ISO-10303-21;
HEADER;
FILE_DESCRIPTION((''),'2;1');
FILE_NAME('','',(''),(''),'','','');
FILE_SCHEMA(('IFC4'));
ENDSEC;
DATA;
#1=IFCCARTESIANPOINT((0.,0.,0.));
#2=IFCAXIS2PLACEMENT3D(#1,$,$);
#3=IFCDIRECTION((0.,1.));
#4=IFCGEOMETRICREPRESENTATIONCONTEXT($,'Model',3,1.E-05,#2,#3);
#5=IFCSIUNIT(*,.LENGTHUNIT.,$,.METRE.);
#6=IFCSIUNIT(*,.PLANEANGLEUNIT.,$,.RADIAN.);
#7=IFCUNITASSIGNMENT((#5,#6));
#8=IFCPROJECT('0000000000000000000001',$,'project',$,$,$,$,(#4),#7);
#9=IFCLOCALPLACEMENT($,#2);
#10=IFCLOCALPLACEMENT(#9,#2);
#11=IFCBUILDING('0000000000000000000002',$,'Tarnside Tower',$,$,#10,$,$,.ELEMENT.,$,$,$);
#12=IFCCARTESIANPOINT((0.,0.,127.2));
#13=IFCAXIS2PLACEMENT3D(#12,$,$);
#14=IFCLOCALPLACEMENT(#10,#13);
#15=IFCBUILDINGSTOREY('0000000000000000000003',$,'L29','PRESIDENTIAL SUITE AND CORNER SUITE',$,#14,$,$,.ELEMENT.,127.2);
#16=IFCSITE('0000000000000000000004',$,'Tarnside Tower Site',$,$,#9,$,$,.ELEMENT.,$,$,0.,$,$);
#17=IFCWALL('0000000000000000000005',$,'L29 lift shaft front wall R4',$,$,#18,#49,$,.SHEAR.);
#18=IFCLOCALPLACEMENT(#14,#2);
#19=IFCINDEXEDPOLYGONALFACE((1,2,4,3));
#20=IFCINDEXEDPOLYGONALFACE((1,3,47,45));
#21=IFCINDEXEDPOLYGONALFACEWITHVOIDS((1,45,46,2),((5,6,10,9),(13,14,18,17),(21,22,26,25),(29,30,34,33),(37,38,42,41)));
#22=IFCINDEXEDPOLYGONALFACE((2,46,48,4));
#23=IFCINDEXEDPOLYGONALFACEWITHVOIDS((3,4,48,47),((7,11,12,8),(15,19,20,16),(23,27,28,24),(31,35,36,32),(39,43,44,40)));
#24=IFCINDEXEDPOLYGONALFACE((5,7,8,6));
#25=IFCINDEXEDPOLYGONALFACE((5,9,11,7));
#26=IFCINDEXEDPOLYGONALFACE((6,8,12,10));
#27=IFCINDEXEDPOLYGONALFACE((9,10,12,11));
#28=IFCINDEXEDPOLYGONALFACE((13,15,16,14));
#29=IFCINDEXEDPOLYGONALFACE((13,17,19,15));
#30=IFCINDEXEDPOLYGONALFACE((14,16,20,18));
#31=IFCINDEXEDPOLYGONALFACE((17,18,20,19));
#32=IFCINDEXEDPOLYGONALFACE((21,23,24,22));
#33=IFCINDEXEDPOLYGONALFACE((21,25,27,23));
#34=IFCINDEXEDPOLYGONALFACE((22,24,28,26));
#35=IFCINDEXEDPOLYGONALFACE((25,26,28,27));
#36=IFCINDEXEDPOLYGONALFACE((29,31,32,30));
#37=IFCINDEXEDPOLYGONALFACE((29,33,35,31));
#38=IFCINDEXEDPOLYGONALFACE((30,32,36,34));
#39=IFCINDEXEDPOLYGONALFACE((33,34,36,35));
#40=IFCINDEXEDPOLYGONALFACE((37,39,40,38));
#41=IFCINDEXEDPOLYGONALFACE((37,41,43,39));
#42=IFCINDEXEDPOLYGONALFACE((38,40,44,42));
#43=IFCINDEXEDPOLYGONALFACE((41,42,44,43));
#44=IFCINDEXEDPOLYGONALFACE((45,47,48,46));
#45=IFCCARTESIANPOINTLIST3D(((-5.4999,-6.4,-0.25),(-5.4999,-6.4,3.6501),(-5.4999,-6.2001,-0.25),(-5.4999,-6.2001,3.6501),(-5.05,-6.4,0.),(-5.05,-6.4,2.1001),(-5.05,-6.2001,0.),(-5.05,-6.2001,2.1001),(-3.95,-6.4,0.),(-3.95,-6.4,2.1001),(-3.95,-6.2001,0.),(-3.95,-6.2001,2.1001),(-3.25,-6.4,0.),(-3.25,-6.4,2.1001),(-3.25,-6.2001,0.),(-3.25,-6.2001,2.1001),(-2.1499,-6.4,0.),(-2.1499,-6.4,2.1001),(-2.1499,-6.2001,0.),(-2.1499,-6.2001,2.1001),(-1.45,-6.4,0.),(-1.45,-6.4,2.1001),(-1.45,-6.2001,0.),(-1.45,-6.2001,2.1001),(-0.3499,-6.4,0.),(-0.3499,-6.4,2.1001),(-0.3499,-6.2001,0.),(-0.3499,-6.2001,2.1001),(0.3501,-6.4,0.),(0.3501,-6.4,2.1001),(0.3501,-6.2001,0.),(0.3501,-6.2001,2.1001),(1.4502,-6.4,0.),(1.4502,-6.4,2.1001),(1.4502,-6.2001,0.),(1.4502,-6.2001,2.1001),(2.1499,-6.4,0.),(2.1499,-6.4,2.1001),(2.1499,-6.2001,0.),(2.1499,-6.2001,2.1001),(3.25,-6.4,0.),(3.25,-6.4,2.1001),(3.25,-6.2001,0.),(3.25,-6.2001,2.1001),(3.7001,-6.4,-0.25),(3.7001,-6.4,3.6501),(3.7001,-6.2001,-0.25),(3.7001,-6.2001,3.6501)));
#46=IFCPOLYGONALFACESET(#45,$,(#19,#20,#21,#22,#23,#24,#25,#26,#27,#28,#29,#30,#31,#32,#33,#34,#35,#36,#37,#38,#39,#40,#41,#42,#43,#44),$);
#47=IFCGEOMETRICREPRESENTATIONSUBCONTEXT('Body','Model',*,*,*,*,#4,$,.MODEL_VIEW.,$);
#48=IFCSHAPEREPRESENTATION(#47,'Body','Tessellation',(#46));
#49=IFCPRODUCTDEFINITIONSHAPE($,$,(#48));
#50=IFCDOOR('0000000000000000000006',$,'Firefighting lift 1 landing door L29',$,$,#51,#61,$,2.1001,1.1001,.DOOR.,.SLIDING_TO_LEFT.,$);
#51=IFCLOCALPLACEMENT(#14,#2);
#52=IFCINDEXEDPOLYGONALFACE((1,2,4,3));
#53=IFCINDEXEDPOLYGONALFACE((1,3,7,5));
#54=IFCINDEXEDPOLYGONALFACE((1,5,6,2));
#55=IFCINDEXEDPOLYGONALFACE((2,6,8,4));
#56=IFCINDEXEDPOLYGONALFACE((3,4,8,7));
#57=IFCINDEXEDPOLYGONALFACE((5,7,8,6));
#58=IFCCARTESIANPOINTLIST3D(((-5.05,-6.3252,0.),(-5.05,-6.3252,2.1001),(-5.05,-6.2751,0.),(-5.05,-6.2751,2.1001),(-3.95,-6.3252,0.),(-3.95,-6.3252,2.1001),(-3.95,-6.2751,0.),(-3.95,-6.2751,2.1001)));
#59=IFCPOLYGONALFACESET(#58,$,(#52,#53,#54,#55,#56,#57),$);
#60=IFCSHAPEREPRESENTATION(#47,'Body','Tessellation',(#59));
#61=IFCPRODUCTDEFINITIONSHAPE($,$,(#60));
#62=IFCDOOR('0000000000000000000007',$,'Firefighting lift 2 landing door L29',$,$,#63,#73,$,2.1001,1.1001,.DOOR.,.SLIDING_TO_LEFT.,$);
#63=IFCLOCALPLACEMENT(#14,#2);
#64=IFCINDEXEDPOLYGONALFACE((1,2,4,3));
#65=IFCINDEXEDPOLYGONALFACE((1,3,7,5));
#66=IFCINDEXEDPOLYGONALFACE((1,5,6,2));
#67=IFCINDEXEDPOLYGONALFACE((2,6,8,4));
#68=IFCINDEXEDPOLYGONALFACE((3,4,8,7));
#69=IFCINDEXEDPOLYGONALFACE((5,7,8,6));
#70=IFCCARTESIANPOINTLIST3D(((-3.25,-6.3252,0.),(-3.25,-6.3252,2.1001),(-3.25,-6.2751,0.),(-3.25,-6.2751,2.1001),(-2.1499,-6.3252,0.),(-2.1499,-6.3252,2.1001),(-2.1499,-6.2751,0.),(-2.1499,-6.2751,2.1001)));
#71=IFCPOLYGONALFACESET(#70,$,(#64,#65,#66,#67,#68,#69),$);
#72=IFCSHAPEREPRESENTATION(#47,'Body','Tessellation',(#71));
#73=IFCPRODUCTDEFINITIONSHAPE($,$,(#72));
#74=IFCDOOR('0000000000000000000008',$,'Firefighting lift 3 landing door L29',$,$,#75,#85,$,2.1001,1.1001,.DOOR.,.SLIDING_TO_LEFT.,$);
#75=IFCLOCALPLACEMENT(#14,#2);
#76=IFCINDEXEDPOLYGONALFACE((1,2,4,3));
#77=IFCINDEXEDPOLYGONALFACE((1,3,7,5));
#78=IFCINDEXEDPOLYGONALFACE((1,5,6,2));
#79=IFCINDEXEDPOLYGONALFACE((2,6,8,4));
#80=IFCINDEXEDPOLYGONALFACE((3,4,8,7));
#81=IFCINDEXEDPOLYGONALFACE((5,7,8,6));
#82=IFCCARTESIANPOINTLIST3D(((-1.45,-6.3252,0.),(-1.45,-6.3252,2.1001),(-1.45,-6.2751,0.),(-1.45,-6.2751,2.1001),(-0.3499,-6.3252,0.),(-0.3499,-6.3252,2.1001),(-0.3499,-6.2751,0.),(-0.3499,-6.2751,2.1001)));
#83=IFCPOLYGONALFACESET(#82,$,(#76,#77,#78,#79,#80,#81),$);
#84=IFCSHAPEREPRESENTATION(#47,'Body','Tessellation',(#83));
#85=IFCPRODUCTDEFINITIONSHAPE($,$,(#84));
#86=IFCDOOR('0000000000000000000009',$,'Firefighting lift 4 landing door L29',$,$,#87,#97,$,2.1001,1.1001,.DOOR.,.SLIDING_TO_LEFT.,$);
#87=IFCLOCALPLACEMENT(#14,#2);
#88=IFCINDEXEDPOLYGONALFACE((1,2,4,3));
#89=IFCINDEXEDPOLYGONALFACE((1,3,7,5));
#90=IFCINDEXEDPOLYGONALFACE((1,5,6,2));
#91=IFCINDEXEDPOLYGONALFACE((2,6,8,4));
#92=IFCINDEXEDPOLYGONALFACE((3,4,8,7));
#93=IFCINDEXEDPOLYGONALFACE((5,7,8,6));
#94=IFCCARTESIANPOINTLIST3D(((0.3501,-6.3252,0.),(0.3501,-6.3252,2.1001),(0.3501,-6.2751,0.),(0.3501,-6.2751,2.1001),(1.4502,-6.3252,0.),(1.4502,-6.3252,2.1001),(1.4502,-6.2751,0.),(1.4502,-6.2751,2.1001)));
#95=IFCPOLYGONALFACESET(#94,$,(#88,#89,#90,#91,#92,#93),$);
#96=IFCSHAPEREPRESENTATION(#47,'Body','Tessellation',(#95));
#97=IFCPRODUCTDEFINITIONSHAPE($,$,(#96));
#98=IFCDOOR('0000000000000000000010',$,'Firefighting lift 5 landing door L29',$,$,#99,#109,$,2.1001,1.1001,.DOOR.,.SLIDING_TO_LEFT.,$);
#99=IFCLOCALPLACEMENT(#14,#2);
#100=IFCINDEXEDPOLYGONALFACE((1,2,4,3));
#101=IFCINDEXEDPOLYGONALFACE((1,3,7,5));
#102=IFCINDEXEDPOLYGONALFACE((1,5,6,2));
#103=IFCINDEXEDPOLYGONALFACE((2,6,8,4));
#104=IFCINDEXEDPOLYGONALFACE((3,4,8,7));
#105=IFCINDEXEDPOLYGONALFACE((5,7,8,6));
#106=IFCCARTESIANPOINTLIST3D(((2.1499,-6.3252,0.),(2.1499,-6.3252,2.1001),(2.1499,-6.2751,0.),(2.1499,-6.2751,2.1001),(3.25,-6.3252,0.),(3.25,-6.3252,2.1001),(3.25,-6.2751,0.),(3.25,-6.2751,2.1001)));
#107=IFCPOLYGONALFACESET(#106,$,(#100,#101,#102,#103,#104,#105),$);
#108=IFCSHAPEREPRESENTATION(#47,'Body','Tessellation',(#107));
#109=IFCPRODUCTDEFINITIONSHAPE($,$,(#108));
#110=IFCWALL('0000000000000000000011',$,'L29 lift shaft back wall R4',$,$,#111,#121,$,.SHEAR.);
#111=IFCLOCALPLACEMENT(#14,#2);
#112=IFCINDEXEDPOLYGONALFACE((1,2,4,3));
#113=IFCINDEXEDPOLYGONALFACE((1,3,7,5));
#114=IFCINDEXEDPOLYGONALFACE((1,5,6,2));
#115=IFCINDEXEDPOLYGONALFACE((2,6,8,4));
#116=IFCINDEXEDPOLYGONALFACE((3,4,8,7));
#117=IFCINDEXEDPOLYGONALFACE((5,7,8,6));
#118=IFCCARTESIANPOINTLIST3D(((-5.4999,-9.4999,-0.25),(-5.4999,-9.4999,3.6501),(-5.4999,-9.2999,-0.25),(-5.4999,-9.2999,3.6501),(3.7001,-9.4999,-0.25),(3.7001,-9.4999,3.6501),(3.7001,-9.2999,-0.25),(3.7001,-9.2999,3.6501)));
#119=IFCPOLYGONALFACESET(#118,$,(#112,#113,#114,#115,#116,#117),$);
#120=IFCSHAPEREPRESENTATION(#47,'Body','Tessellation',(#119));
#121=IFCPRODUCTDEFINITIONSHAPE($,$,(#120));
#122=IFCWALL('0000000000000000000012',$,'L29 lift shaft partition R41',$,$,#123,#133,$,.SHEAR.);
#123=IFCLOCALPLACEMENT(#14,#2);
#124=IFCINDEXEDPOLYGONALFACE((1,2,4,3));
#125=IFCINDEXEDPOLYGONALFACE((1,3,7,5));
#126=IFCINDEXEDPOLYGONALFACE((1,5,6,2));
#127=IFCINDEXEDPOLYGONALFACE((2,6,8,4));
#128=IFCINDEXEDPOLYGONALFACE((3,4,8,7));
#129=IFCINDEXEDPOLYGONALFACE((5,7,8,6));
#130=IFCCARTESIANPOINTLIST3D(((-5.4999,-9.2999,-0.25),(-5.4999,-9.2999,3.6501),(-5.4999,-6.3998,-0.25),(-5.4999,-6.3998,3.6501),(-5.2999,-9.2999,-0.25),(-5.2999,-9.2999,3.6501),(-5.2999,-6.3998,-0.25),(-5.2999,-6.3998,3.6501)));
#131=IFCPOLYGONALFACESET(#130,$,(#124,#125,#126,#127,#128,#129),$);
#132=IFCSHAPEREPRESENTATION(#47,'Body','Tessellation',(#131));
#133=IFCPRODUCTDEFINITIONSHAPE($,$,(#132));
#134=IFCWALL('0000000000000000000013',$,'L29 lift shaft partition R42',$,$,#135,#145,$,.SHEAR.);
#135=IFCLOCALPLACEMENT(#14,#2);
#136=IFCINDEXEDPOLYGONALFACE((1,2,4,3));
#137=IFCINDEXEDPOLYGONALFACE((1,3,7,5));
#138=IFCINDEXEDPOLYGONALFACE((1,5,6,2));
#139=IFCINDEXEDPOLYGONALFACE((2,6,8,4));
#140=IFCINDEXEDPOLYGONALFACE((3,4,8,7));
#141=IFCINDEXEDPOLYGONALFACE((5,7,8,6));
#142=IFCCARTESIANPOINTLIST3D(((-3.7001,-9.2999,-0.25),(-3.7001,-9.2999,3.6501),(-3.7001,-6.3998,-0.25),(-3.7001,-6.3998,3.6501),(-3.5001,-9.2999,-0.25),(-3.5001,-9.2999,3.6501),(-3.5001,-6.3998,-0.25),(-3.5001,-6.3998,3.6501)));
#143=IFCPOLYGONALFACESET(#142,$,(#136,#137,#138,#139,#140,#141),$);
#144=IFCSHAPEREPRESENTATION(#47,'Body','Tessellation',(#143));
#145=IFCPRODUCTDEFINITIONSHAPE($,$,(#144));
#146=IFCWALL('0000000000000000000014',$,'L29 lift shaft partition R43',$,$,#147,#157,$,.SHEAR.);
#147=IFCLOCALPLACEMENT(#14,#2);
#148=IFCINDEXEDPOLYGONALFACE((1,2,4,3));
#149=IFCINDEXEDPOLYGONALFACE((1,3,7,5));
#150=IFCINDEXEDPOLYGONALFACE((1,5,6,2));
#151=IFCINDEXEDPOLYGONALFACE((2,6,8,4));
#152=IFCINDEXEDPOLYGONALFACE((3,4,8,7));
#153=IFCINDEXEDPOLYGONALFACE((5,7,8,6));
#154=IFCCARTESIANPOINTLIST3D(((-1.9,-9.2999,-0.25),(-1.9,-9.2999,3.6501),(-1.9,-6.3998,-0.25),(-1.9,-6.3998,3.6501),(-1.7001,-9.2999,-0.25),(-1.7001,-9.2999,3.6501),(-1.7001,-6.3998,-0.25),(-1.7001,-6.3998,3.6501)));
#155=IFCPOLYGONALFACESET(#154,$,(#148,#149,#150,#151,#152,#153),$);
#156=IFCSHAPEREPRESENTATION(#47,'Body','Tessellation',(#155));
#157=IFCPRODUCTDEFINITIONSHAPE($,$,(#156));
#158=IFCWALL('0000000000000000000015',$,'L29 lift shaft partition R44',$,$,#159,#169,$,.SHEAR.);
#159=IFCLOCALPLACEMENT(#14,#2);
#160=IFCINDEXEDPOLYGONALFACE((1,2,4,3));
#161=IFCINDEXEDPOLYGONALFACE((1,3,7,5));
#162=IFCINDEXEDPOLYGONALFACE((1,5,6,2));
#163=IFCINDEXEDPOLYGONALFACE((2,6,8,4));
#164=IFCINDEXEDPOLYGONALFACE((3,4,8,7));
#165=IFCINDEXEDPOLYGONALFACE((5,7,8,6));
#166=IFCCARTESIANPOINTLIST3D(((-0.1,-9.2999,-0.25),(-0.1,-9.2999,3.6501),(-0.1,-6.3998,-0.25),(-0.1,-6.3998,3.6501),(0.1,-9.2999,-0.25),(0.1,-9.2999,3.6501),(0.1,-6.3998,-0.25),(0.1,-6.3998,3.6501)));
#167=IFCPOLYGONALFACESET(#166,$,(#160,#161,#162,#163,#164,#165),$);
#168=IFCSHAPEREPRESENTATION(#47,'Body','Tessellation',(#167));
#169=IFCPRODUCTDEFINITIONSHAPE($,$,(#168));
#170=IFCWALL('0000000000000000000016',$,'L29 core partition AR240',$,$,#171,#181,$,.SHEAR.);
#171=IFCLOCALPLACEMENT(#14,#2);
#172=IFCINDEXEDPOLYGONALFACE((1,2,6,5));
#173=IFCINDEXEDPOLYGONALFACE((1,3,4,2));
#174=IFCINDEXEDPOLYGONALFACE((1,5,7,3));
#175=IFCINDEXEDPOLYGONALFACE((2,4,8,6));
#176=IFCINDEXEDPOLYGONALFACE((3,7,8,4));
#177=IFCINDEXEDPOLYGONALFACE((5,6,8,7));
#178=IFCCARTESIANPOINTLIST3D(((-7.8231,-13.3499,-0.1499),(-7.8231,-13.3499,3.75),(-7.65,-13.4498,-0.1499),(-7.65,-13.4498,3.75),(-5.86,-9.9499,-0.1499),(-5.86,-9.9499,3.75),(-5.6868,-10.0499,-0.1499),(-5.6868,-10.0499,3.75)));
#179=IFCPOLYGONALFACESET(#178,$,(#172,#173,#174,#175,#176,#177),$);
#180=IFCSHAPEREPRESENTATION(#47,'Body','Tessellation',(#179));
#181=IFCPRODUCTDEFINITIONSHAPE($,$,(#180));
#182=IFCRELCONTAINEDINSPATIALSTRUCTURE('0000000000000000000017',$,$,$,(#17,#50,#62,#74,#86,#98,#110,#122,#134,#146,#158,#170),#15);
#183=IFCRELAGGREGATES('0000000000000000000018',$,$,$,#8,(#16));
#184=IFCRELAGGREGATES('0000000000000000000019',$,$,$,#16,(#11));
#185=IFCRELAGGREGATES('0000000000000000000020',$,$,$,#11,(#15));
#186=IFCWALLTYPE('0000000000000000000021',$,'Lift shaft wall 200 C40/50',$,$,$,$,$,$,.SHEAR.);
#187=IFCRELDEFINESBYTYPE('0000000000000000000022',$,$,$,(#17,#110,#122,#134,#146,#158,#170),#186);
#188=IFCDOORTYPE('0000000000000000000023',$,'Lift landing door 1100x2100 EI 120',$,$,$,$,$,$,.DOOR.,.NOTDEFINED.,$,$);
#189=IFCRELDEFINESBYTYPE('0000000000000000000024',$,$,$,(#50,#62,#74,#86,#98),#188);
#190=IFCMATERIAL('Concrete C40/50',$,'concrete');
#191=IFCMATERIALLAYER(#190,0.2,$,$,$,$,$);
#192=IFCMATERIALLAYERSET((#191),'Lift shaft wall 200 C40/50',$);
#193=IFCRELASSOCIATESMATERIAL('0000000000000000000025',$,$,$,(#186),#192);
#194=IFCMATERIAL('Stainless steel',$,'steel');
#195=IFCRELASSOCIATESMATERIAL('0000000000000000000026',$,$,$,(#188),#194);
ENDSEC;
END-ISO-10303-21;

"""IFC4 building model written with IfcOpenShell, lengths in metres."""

from ifc_helpers import new_model, si_unit, direction, frame, frame_2d, origin, place, context, subcontext, project, spatial, rectangle, extrude, material, layer, layer_set, type_object, element, fill, save


model = new_model("IFC4")

# Units and contexts
model_context = context("Model", 3, precision=1e-05, world=origin(), true_north=direction((0.0, 1.0)))
body_context = subcontext(model_context, "Body", "Model", "MODEL_VIEW")
ifc_project = project(units=[si_unit("LENGTHUNIT", "METRE"), si_unit("PLANEANGLEUNIT", "RADIAN")], contexts=[model_context])

# Site, building, storey
site_placement = place(None, origin())
site = spatial("IfcSite", under=ifc_project, at=site_placement, Name="Tarnside Tower Site", CompositionType="ELEMENT", RefElevation=0.0)
building_placement = place(site_placement, origin())
building = spatial("IfcBuilding", under=site, at=building_placement, Name="Tarnside Tower", CompositionType="ELEMENT")
storey_placement = place(building_placement, frame((0.0, 0.0, 127.2)))
storey = spatial("IfcBuildingStorey", under=building, at=storey_placement, Name="L29", Description="PRESIDENTIAL SUITE AND CORNER SUITE", CompositionType="ELEMENT", Elevation=127.2)

# Wall, openings, doors
ifc_material_1 = material(Name="Concrete C40/50", Category="concrete")
ifc_layer_1 = layer(ifc_material_1, 0.2)
ifc_layer_set_1 = layer_set([ifc_layer_1], Name="Lift shaft wall 200 C40/50")
wall_type_1 = type_object("IfcWallType", Name="Lift shaft wall 200 C40/50", PredefinedType="SHEAR", material=ifc_layer_set_1)
wall_1_placement = place(storey_placement, frame((-5.5, -6.3, -0.25), z_axis=(0.0, 0.0, 1.0), x_axis=(1.0, 0.0, 0.0)))
wall_1 = element("IfcWall", 1, at=wall_1_placement, inside=storey, type_object=wall_type_1, Name="L29 lift shaft front wall R4", PredefinedType="SHEAR", context=body_context, shape_type="SweptSolid", body=[
    extrude(rectangle(XDim=9.2, YDim=0.2, at=frame_2d((4.6001, 0.0))), origin(), (0.0, 0.0, 1.0), 3.9001),
])
opening_1_placement = place(wall_1_placement, frame((0.45, 0.0, 0.25)))
opening_1 = element("IfcOpeningElement", 2, at=opening_1_placement, cuts=wall_1, PredefinedType="OPENING", context=body_context, shape_type="SweptSolid", body=[
    extrude(rectangle(XDim=1.1001, YDim=2.1001, at=frame_2d((0.55, 1.05))), frame((0.0, 0.1099, 0.0), z_axis=(0.0, -1.0, 0.0), x_axis=(1.0, 0.0, 0.0)), (0.0, 0.0, 1.0), 0.22),
])
opening_2_placement = place(wall_1_placement, frame((2.25, 0.0, 0.25)))
opening_2 = element("IfcOpeningElement", 3, at=opening_2_placement, cuts=wall_1, PredefinedType="OPENING", context=body_context, shape_type="SweptSolid", body=[
    extrude(rectangle(XDim=1.1001, YDim=2.1001, at=frame_2d((0.55, 1.05))), frame((0.0, 0.1099, 0.0), z_axis=(0.0, -1.0, 0.0), x_axis=(1.0, 0.0, 0.0)), (0.0, 0.0, 1.0), 0.22),
])
opening_3_placement = place(wall_1_placement, frame((4.05, 0.0, 0.25)))
opening_3 = element("IfcOpeningElement", 4, at=opening_3_placement, cuts=wall_1, PredefinedType="OPENING", context=body_context, shape_type="SweptSolid", body=[
    extrude(rectangle(XDim=1.1001, YDim=2.1001, at=frame_2d((0.55, 1.05))), frame((0.0, 0.1099, 0.0), z_axis=(0.0, -1.0, 0.0), x_axis=(1.0, 0.0, 0.0)), (0.0, 0.0, 1.0), 0.22),
])
opening_4_placement = place(wall_1_placement, frame((5.8501, 0.0, 0.25)))
opening_4 = element("IfcOpeningElement", 5, at=opening_4_placement, cuts=wall_1, PredefinedType="OPENING", context=body_context, shape_type="SweptSolid", body=[
    extrude(rectangle(XDim=1.1001, YDim=2.1001, at=frame_2d((0.55, 1.05))), frame((0.0, 0.1099, 0.0), z_axis=(0.0, -1.0, 0.0), x_axis=(1.0, 0.0, 0.0)), (0.0, 0.0, 1.0), 0.22),
])
opening_5_placement = place(wall_1_placement, frame((7.6499, 0.0, 0.25)))
opening_5 = element("IfcOpeningElement", 6, at=opening_5_placement, cuts=wall_1, PredefinedType="OPENING", context=body_context, shape_type="SweptSolid", body=[
    extrude(rectangle(XDim=1.1001, YDim=2.1001, at=frame_2d((0.55, 1.05))), frame((0.0, 0.1099, 0.0), z_axis=(0.0, -1.0, 0.0), x_axis=(1.0, 0.0, 0.0)), (0.0, 0.0, 1.0), 0.22),
])
ifc_material_2 = material(Name="Stainless steel", Category="steel")
door_type_1 = type_object("IfcDoorType", Name="Lift landing door 1100x2100 EI 120", OperationType="NOTDEFINED", PredefinedType="DOOR", material=ifc_material_2)
door_1_placement = place(opening_1_placement, origin())
door_1 = element("IfcDoor", 7, at=door_1_placement, inside=storey, type_object=door_type_1, Name="Firefighting lift 1 landing door L29", OperationType="SLIDING_TO_LEFT", OverallHeight=2.1001, OverallWidth=1.1001, PredefinedType="DOOR", context=body_context, shape_type="SweptSolid", body=[
    extrude(rectangle(XDim=1.1001, YDim=2.1001, at=frame_2d((0.55, 1.05))), frame((0.0, 0.0249, 0.0), z_axis=(0.0, -1.0, 0.0), x_axis=(1.0, 0.0, 0.0)), (0.0, 0.0, 1.0), 0.05),
])
fill(opening_1, door_1)
door_2_placement = place(opening_2_placement, origin())
door_2 = element("IfcDoor", 8, at=door_2_placement, inside=storey, type_object=door_type_1, Name="Firefighting lift 2 landing door L29", OperationType="SLIDING_TO_LEFT", OverallHeight=2.1001, OverallWidth=1.1001, PredefinedType="DOOR", context=body_context, shape_type="SweptSolid", body=[
    extrude(rectangle(XDim=1.1001, YDim=2.1001, at=frame_2d((0.55, 1.05))), frame((0.0, 0.0249, 0.0), z_axis=(0.0, -1.0, 0.0), x_axis=(1.0, 0.0, 0.0)), (0.0, 0.0, 1.0), 0.05),
])
fill(opening_2, door_2)
door_3_placement = place(opening_3_placement, origin())
door_3 = element("IfcDoor", 9, at=door_3_placement, inside=storey, type_object=door_type_1, Name="Firefighting lift 3 landing door L29", OperationType="SLIDING_TO_LEFT", OverallHeight=2.1001, OverallWidth=1.1001, PredefinedType="DOOR", context=body_context, shape_type="SweptSolid", body=[
    extrude(rectangle(XDim=1.1001, YDim=2.1001, at=frame_2d((0.55, 1.05))), frame((0.0, 0.0249, 0.0), z_axis=(0.0, -1.0, 0.0), x_axis=(1.0, 0.0, 0.0)), (0.0, 0.0, 1.0), 0.05),
])
fill(opening_3, door_3)
door_4_placement = place(opening_4_placement, origin())
door_4 = element("IfcDoor", 10, at=door_4_placement, inside=storey, type_object=door_type_1, Name="Firefighting lift 4 landing door L29", OperationType="SLIDING_TO_LEFT", OverallHeight=2.1001, OverallWidth=1.1001, PredefinedType="DOOR", context=body_context, shape_type="SweptSolid", body=[
    extrude(rectangle(XDim=1.1001, YDim=2.1001, at=frame_2d((0.55, 1.05))), frame((0.0, 0.0249, 0.0), z_axis=(0.0, -1.0, 0.0), x_axis=(1.0, 0.0, 0.0)), (0.0, 0.0, 1.0), 0.05),
])
fill(opening_4, door_4)
door_5_placement = place(opening_5_placement, origin())
door_5 = element("IfcDoor", 11, at=door_5_placement, inside=storey, type_object=door_type_1, Name="Firefighting lift 5 landing door L29", OperationType="SLIDING_TO_LEFT", OverallHeight=2.1001, OverallWidth=1.1001, PredefinedType="DOOR", context=body_context, shape_type="SweptSolid", body=[
    extrude(rectangle(XDim=1.1001, YDim=2.1001, at=frame_2d((0.55, 1.05))), frame((0.0, 0.0249, 0.0), z_axis=(0.0, -1.0, 0.0), x_axis=(1.0, 0.0, 0.0)), (0.0, 0.0, 1.0), 0.05),
])
fill(opening_5, door_5)

# Walls
wall_2_placement = place(storey_placement, frame((-5.5, -9.3999, -0.25), z_axis=(0.0, 0.0, 1.0), x_axis=(1.0, 0.0, 0.0)))
element("IfcWall", 12, at=wall_2_placement, inside=storey, type_object=wall_type_1, Name="L29 lift shaft back wall R4", PredefinedType="SHEAR", context=body_context, shape_type="SweptSolid", body=[
    extrude(rectangle(XDim=9.2, YDim=0.2, at=frame_2d((4.6001, 0.0))), origin(), (0.0, 0.0, 1.0), 3.9001),
])
for number, where, z_axis, x_axis, name in (
    (13, (-5.3999, -9.3, -0.25), (0.0, 0.0, 1.0), (0.0, 1.0, 0.0), "L29 lift shaft partition R41"),
    (14, (-3.6001, -9.3, -0.25), (0.0, 0.0, 1.0), (0.0, 1.0, 0.0), "L29 lift shaft partition R42"),
    (15, (-1.8, -9.3, -0.25), (0.0, 0.0, 1.0), (0.0, 1.0, 0.0), "L29 lift shaft partition R43"),
    (16, (0.0, -9.3, -0.25), (0.0, 0.0, 1.0), (0.0, 1.0, 0.0), "L29 lift shaft partition R44"),
):
    element("IfcWall", number, at=place(storey_placement, frame(where, z_axis=z_axis, x_axis=x_axis)), inside=storey, type_object=wall_type_1, Name=name, PredefinedType="SHEAR", context=body_context, shape_type="SweptSolid", body=[
        extrude(rectangle(XDim=2.9001, YDim=0.2, at=frame_2d((1.4502, 0.0))), origin(), (0.0, 0.0, 1.0), 3.9001),
    ])
wall_3_placement = place(storey_placement, frame((-5.7734, -10.0, -0.1499), z_axis=(0.0, 0.0, 1.0), x_axis=(-0.500038, -0.866003, 0.0)))
element("IfcWall", 17, at=wall_3_placement, inside=storey, type_object=wall_type_1, Name="L29 core partition AR240", PredefinedType="SHEAR", context=body_context, shape_type="SweptSolid", body=[
    extrude(rectangle(XDim=3.926, YDim=0.2, at=frame_2d((1.9629, 0.0))), origin(), (0.0, 0.0, 1.0), 3.8999),
])

save(model, "model.ifc")
